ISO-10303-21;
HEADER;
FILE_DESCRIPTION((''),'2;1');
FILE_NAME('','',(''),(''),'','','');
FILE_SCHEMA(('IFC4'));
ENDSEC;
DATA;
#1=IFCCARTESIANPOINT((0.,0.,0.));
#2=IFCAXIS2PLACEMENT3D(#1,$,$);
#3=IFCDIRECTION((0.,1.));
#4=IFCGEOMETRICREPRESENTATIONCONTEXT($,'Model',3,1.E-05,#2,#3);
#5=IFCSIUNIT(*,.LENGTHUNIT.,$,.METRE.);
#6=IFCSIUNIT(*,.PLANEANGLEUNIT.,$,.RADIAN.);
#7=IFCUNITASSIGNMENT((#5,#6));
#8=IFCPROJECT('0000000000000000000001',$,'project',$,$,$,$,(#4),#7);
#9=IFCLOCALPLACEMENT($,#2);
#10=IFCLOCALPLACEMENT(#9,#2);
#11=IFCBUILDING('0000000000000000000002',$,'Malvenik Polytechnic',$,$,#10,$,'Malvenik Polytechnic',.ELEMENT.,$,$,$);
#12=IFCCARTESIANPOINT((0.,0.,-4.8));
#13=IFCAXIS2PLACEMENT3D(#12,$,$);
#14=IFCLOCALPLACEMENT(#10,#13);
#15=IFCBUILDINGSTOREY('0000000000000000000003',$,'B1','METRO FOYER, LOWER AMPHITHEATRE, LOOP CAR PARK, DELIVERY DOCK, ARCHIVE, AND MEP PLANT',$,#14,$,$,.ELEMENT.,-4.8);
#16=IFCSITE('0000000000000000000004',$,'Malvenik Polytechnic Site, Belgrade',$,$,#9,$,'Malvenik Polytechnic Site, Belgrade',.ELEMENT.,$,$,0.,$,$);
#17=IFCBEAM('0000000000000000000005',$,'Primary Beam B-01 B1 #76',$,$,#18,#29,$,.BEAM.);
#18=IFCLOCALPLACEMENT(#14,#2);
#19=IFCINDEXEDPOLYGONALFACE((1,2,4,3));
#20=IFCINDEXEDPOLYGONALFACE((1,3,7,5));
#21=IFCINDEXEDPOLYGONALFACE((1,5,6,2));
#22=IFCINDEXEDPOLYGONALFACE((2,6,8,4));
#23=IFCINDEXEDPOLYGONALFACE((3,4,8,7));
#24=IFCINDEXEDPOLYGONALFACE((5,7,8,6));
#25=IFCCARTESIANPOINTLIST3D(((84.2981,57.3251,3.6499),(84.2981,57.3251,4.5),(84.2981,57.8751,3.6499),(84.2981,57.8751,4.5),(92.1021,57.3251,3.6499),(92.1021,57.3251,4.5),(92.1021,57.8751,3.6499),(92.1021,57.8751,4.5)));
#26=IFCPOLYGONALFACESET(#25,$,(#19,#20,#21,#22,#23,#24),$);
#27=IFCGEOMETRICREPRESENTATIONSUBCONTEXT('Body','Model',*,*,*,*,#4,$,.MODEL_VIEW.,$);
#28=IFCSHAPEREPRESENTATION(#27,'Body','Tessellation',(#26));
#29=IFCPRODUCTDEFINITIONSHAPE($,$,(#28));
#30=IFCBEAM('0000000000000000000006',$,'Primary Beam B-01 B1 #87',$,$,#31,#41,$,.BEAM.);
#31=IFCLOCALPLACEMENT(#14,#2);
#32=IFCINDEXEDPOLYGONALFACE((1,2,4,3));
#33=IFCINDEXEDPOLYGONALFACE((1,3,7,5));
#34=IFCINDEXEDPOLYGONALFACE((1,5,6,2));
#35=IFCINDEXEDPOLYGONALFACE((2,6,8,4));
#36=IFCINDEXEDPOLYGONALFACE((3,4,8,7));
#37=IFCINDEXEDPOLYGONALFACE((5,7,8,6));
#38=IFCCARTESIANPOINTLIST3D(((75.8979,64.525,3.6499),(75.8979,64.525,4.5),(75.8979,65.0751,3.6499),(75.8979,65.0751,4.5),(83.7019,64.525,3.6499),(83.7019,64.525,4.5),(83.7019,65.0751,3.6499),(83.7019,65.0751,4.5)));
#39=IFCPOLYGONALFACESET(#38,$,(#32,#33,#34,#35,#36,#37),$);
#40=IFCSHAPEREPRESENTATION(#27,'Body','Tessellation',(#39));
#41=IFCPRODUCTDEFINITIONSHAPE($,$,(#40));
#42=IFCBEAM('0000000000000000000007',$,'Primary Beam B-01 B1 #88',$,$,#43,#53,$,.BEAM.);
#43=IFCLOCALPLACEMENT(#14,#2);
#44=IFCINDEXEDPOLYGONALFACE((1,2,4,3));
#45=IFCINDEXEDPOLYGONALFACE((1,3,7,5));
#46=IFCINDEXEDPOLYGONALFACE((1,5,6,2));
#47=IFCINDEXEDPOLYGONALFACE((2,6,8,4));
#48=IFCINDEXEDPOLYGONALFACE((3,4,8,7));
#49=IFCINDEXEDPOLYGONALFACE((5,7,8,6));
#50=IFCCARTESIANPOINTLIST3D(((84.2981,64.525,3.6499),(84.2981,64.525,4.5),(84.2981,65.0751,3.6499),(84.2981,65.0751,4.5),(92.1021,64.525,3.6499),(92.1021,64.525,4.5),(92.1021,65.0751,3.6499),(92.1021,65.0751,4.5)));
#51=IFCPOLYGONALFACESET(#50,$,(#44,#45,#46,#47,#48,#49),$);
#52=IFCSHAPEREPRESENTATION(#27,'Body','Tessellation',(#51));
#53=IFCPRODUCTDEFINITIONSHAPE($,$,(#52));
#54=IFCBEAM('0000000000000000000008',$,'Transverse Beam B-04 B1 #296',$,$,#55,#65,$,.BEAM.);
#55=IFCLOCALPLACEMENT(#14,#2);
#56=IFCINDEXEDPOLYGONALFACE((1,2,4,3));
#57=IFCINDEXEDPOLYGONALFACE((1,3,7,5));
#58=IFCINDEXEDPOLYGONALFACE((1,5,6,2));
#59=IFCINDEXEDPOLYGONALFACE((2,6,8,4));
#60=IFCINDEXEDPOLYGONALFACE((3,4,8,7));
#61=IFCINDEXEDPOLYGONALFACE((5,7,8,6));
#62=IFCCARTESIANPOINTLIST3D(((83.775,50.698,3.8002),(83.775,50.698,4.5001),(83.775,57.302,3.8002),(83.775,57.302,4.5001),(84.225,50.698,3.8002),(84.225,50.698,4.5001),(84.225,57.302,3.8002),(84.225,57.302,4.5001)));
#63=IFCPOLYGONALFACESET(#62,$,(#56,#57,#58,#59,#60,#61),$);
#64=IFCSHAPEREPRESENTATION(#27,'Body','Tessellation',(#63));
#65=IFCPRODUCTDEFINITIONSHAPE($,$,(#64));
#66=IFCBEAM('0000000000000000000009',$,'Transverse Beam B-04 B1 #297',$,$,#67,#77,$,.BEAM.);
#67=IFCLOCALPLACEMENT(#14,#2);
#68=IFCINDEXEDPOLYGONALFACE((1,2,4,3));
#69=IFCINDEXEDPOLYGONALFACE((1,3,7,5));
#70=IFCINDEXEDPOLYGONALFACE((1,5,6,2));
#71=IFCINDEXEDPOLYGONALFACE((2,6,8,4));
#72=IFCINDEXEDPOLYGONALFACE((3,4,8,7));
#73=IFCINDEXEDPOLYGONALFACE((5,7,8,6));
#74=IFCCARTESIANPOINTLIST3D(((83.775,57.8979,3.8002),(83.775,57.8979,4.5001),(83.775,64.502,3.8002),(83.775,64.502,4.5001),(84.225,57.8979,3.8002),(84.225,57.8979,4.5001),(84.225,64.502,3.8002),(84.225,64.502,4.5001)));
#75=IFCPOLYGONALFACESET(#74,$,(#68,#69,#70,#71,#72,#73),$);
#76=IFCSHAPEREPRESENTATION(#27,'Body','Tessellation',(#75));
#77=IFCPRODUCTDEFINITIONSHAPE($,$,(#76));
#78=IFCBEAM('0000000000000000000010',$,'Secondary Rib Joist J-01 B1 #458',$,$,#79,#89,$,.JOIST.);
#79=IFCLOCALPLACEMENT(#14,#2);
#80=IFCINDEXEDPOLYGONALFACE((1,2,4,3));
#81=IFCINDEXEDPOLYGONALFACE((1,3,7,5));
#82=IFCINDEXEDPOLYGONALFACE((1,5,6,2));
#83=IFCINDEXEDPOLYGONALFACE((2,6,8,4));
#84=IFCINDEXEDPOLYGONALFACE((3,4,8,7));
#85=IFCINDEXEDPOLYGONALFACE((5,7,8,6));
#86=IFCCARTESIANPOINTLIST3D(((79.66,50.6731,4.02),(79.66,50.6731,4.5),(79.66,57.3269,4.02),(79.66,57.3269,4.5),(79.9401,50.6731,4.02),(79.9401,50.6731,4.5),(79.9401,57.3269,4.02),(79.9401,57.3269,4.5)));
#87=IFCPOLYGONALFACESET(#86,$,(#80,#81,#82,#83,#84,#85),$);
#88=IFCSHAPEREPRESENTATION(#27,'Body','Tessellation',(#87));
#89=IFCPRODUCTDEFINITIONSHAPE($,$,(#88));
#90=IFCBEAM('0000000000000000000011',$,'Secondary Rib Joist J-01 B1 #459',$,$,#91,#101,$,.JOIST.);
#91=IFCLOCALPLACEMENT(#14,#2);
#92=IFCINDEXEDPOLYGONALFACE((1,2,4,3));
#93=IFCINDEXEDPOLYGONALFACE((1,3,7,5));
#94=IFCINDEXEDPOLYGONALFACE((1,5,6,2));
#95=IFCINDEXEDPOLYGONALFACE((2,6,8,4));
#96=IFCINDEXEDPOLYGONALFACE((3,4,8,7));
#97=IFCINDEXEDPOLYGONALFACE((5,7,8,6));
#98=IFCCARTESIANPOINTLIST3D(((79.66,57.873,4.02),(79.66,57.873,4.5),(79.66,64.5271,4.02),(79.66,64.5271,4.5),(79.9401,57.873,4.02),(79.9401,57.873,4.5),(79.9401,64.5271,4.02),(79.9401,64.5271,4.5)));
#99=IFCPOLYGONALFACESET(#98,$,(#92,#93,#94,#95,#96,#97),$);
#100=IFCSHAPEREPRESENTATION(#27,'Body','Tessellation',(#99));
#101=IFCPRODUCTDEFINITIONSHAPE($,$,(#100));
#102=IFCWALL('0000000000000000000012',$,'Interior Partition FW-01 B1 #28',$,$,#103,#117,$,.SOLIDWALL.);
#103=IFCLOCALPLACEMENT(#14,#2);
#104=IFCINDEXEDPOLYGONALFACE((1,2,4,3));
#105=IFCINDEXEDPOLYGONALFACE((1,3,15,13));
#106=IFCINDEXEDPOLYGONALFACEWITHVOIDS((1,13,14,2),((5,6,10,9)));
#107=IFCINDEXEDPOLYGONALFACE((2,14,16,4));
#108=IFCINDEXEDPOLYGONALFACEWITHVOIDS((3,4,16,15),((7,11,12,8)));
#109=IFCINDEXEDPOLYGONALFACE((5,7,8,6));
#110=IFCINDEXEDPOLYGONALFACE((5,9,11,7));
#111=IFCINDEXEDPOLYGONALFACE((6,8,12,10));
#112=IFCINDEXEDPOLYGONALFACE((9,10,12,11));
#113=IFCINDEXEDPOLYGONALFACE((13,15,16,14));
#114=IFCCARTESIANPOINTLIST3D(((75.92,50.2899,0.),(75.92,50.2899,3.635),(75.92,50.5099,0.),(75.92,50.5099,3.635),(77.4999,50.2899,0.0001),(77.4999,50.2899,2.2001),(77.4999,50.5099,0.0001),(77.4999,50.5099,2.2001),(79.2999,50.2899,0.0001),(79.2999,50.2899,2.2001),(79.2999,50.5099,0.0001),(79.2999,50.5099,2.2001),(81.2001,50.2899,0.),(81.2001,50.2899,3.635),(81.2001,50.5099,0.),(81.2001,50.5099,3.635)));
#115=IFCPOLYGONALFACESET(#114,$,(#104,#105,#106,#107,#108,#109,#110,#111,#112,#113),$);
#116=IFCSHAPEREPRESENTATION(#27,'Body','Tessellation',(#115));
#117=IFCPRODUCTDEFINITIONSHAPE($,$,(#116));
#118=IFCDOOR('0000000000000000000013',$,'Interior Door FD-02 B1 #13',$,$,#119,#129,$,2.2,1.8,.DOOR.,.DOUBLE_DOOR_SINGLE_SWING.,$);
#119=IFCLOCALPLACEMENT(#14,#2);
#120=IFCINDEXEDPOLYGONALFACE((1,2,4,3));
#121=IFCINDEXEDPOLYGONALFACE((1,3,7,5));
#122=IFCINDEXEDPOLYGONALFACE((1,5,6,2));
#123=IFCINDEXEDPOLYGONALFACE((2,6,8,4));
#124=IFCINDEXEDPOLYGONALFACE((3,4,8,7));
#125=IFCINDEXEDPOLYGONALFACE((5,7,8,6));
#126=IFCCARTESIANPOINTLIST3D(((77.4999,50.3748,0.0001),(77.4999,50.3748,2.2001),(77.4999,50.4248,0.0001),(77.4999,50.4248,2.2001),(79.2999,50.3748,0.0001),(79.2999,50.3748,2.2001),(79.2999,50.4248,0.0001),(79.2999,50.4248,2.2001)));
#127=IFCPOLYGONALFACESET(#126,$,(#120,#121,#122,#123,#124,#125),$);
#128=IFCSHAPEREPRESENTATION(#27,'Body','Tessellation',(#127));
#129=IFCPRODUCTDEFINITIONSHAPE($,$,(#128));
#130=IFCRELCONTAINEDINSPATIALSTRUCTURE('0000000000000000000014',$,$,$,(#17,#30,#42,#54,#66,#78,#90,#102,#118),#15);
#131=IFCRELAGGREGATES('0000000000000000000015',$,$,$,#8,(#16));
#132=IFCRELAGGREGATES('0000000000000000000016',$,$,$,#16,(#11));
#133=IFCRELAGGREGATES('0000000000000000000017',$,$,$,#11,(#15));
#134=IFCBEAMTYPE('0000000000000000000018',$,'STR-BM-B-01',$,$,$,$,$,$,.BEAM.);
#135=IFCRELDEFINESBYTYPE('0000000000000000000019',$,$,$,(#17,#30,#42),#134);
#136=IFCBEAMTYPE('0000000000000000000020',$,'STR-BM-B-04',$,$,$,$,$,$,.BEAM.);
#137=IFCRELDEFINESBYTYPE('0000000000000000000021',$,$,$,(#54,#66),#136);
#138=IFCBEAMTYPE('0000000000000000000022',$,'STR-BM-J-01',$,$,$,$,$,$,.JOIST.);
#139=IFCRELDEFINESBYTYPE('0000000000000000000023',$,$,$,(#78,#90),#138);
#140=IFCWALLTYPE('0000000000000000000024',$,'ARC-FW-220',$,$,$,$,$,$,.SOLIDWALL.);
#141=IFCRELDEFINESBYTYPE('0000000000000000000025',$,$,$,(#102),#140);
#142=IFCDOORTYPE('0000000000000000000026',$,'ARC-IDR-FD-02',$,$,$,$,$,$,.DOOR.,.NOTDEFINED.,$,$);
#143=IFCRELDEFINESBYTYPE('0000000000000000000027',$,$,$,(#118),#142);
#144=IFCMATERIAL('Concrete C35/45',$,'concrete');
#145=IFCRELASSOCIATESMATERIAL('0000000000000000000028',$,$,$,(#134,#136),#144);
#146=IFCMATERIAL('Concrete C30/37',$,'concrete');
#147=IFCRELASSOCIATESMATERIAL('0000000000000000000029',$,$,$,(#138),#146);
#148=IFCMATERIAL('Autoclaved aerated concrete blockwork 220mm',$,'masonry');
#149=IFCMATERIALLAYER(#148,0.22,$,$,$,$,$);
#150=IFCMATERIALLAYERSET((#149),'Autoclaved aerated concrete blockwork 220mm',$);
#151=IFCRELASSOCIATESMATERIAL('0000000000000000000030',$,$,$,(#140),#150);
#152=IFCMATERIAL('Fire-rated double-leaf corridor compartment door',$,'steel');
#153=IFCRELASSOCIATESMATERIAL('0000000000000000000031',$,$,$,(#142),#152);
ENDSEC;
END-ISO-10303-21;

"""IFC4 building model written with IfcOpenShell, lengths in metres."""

from ifc_helpers import new_model, si_unit, direction, frame, frame_2d, origin, origin_2d, place, context, subcontext, project, spatial, rectangle, extrude, material, layer, layer_set, material_profile, profile_set, type_object, element, fill, save


model = new_model("IFC4")

# Units and contexts
model_context = context("Model", 3, precision=1e-05, world=origin(), true_north=direction((0.0, 1.0)))
body_context = subcontext(model_context, "Body", "Model", "MODEL_VIEW")
ifc_project = project(units=[si_unit("LENGTHUNIT", "METRE"), si_unit("PLANEANGLEUNIT", "RADIAN")], contexts=[model_context])

# Site, building, storey
site_placement = place(None, origin())
site = spatial("IfcSite", under=ifc_project, at=site_placement, Name="Malvenik Polytechnic Site, Belgrade", LongName="Malvenik Polytechnic Site, Belgrade", CompositionType="ELEMENT", RefElevation=0.0)
building_placement = place(site_placement, origin())
building = spatial("IfcBuilding", under=site, at=building_placement, Name="Malvenik Polytechnic", LongName="Malvenik Polytechnic", CompositionType="ELEMENT")
storey_placement = place(building_placement, frame((0.0, 0.0, -4.8)))
storey = spatial("IfcBuildingStorey", under=building, at=storey_placement, Name="B1", Description="METRO FOYER, LOWER AMPHITHEATRE, LOOP CAR PARK, DELIVERY DOCK, ARCHIVE, AND MEP PLANT", CompositionType="ELEMENT", Elevation=-4.8)

# Shared definitions
ifc_material_1 = material(Name="Concrete C35/45", Category="concrete")

# Beams
ifc_material_profile_1 = material_profile(ifc_material_1, rectangle(XDim=0.55, YDim=0.8501, at=origin_2d()), Name="RC BM 550x850")
ifc_profile_set_1 = profile_set([ifc_material_profile_1], Name="Concrete C35/45")
beam_type_1 = type_object("IfcBeamType", Name="STR-BM-B-01", PredefinedType="BEAM", material=ifc_profile_set_1)
for number, where, z_axis, x_axis, name in (
    (1, (84.2981, 57.6001, 4.075), (1.0, 0.0, 0.0), (0.0, 1.0, 0.0), "Primary Beam B-01 B1 #76"),
    (2, (75.8979, 64.8, 4.075), (1.0, 0.0, 0.0), (0.0, 1.0, 0.0), "Primary Beam B-01 B1 #87"),
    (3, (84.2981, 64.8, 4.075), (1.0, 0.0, 0.0), (0.0, 1.0, 0.0), "Primary Beam B-01 B1 #88"),
):
    element("IfcBeam", number, at=place(storey_placement, frame(where, z_axis=z_axis, x_axis=x_axis)), inside=storey, type_object=beam_type_1, Name=name, PredefinedType="BEAM", context=body_context, shape_type="SweptSolid", body=[
        extrude(rectangle(XDim=0.55, YDim=0.8501, at=origin_2d()), origin(), (0.0, 0.0, 1.0), 7.804),
    ])
ifc_material_profile_2 = material_profile(ifc_material_1, rectangle(XDim=0.45, YDim=0.7, at=origin_2d()), Name="RC BM 450x700")
ifc_profile_set_2 = profile_set([ifc_material_profile_2], Name="Concrete C35/45")
beam_type_2 = type_object("IfcBeamType", Name="STR-BM-B-04", PredefinedType="BEAM", material=ifc_profile_set_2)
for number, where, z_axis, x_axis, name in (
    (4, (84.0, 50.698, 4.1501), (0.0, 1.0, 0.0), (-1.0, 0.0, 0.0), "Transverse Beam B-04 B1 #296"),
    (5, (84.0, 57.8979, 4.1501), (0.0, 1.0, 0.0), (-1.0, 0.0, 0.0), "Transverse Beam B-04 B1 #297"),
):
    element("IfcBeam", number, at=place(storey_placement, frame(where, z_axis=z_axis, x_axis=x_axis)), inside=storey, type_object=beam_type_2, Name=name, PredefinedType="BEAM", context=body_context, shape_type="SweptSolid", body=[
        extrude(rectangle(XDim=0.45, YDim=0.7, at=origin_2d()), origin(), (0.0, 0.0, 1.0), 6.604),
    ])
ifc_material_2 = material(Name="Concrete C30/37", Category="concrete")
ifc_material_profile_3 = material_profile(ifc_material_2, rectangle(XDim=0.28, YDim=0.48, at=origin_2d()), Name="RC JST 280x480")
ifc_profile_set_3 = profile_set([ifc_material_profile_3], Name="Concrete C30/37")
beam_type_3 = type_object("IfcBeamType", Name="STR-BM-J-01", PredefinedType="JOIST", material=ifc_profile_set_3)
beam_1_placement = place(storey_placement, frame((79.8, 50.6731, 4.26), z_axis=(0.0, 1.0, 0.0), x_axis=(-1.0, 0.0, 0.0)))
element("IfcBeam", 6, at=beam_1_placement, inside=storey, type_object=beam_type_3, Name="Secondary Rib Joist J-01 B1 #458", PredefinedType="JOIST", context=body_context, shape_type="SweptSolid", body=[
    extrude(rectangle(XDim=0.28, YDim=0.48, at=origin_2d()), origin(), (0.0, 0.0, 1.0), 6.6538),
])
beam_2_placement = place(storey_placement, frame((79.8, 57.873, 4.26), z_axis=(0.0, 1.0, 0.0), x_axis=(-1.0, 0.0, 0.0)))
element("IfcBeam", 7, at=beam_2_placement, inside=storey, type_object=beam_type_3, Name="Secondary Rib Joist J-01 B1 #459", PredefinedType="JOIST", context=body_context, shape_type="SweptSolid", body=[
    extrude(rectangle(XDim=0.28, YDim=0.48, at=origin_2d()), origin(), (0.0, 0.0, 1.0), 6.6541),
])

# Wall, opening, door
ifc_material_3 = material(Name="Autoclaved aerated concrete blockwork 220mm", Category="masonry")
ifc_layer = layer(ifc_material_3, 0.22)
ifc_layer_set = layer_set([ifc_layer], Name="Autoclaved aerated concrete blockwork 220mm")
wall_type = type_object("IfcWallType", Name="ARC-FW-220", PredefinedType="SOLIDWALL", material=ifc_layer_set)
wall_placement = place(storey_placement, frame((75.9199, 50.3999, 0.0), z_axis=(0.0, 0.0, 1.0), x_axis=(1.0, 0.0, 0.0)))
wall = element("IfcWall", 8, at=wall_placement, inside=storey, type_object=wall_type, Name="Interior Partition FW-01 B1 #28", PredefinedType="SOLIDWALL", context=body_context, shape_type="SweptSolid", body=[
    extrude(rectangle(XDim=5.28, YDim=0.22, at=frame_2d((2.6401, 0.0))), origin(), (0.0, 0.0, 1.0), 3.635),
])
opening_placement = place(wall_placement, frame((1.5801, 0.0, 0.0)))
opening = element("IfcOpeningElement", 9, at=opening_placement, cuts=wall, PredefinedType="OPENING", context=body_context, shape_type="SweptSolid", body=[
    extrude(rectangle(XDim=1.8, YDim=2.2, at=frame_2d((0.8999, 1.1001))), frame((0.0, 0.1201, 0.0), z_axis=(0.0, -1.0, 0.0), x_axis=(1.0, 0.0, 0.0)), (0.0, 0.0, 1.0), 0.24),
])
ifc_material_4 = material(Name="Fire-rated double-leaf corridor compartment door", Category="steel")
door_type = type_object("IfcDoorType", Name="ARC-IDR-FD-02", OperationType="NOTDEFINED", PredefinedType="DOOR", material=ifc_material_4)
door_placement = place(opening_placement, origin())
door = element("IfcDoor", 10, at=door_placement, inside=storey, type_object=door_type, Name="Interior Door FD-02 B1 #13", OperationType="DOUBLE_DOOR_SINGLE_SWING", OverallHeight=2.2, OverallWidth=1.8, PredefinedType="DOOR", context=body_context, shape_type="SweptSolid", body=[
    extrude(rectangle(XDim=1.8, YDim=2.2, at=frame_2d((0.8999, 1.1001))), frame((0.0, 0.0249, 0.0), z_axis=(0.0, -1.0, 0.0), x_axis=(1.0, 0.0, 0.0)), (0.0, 0.0, 1.0), 0.05),
])
fill(opening, door)

save(model, "model.ifc")
